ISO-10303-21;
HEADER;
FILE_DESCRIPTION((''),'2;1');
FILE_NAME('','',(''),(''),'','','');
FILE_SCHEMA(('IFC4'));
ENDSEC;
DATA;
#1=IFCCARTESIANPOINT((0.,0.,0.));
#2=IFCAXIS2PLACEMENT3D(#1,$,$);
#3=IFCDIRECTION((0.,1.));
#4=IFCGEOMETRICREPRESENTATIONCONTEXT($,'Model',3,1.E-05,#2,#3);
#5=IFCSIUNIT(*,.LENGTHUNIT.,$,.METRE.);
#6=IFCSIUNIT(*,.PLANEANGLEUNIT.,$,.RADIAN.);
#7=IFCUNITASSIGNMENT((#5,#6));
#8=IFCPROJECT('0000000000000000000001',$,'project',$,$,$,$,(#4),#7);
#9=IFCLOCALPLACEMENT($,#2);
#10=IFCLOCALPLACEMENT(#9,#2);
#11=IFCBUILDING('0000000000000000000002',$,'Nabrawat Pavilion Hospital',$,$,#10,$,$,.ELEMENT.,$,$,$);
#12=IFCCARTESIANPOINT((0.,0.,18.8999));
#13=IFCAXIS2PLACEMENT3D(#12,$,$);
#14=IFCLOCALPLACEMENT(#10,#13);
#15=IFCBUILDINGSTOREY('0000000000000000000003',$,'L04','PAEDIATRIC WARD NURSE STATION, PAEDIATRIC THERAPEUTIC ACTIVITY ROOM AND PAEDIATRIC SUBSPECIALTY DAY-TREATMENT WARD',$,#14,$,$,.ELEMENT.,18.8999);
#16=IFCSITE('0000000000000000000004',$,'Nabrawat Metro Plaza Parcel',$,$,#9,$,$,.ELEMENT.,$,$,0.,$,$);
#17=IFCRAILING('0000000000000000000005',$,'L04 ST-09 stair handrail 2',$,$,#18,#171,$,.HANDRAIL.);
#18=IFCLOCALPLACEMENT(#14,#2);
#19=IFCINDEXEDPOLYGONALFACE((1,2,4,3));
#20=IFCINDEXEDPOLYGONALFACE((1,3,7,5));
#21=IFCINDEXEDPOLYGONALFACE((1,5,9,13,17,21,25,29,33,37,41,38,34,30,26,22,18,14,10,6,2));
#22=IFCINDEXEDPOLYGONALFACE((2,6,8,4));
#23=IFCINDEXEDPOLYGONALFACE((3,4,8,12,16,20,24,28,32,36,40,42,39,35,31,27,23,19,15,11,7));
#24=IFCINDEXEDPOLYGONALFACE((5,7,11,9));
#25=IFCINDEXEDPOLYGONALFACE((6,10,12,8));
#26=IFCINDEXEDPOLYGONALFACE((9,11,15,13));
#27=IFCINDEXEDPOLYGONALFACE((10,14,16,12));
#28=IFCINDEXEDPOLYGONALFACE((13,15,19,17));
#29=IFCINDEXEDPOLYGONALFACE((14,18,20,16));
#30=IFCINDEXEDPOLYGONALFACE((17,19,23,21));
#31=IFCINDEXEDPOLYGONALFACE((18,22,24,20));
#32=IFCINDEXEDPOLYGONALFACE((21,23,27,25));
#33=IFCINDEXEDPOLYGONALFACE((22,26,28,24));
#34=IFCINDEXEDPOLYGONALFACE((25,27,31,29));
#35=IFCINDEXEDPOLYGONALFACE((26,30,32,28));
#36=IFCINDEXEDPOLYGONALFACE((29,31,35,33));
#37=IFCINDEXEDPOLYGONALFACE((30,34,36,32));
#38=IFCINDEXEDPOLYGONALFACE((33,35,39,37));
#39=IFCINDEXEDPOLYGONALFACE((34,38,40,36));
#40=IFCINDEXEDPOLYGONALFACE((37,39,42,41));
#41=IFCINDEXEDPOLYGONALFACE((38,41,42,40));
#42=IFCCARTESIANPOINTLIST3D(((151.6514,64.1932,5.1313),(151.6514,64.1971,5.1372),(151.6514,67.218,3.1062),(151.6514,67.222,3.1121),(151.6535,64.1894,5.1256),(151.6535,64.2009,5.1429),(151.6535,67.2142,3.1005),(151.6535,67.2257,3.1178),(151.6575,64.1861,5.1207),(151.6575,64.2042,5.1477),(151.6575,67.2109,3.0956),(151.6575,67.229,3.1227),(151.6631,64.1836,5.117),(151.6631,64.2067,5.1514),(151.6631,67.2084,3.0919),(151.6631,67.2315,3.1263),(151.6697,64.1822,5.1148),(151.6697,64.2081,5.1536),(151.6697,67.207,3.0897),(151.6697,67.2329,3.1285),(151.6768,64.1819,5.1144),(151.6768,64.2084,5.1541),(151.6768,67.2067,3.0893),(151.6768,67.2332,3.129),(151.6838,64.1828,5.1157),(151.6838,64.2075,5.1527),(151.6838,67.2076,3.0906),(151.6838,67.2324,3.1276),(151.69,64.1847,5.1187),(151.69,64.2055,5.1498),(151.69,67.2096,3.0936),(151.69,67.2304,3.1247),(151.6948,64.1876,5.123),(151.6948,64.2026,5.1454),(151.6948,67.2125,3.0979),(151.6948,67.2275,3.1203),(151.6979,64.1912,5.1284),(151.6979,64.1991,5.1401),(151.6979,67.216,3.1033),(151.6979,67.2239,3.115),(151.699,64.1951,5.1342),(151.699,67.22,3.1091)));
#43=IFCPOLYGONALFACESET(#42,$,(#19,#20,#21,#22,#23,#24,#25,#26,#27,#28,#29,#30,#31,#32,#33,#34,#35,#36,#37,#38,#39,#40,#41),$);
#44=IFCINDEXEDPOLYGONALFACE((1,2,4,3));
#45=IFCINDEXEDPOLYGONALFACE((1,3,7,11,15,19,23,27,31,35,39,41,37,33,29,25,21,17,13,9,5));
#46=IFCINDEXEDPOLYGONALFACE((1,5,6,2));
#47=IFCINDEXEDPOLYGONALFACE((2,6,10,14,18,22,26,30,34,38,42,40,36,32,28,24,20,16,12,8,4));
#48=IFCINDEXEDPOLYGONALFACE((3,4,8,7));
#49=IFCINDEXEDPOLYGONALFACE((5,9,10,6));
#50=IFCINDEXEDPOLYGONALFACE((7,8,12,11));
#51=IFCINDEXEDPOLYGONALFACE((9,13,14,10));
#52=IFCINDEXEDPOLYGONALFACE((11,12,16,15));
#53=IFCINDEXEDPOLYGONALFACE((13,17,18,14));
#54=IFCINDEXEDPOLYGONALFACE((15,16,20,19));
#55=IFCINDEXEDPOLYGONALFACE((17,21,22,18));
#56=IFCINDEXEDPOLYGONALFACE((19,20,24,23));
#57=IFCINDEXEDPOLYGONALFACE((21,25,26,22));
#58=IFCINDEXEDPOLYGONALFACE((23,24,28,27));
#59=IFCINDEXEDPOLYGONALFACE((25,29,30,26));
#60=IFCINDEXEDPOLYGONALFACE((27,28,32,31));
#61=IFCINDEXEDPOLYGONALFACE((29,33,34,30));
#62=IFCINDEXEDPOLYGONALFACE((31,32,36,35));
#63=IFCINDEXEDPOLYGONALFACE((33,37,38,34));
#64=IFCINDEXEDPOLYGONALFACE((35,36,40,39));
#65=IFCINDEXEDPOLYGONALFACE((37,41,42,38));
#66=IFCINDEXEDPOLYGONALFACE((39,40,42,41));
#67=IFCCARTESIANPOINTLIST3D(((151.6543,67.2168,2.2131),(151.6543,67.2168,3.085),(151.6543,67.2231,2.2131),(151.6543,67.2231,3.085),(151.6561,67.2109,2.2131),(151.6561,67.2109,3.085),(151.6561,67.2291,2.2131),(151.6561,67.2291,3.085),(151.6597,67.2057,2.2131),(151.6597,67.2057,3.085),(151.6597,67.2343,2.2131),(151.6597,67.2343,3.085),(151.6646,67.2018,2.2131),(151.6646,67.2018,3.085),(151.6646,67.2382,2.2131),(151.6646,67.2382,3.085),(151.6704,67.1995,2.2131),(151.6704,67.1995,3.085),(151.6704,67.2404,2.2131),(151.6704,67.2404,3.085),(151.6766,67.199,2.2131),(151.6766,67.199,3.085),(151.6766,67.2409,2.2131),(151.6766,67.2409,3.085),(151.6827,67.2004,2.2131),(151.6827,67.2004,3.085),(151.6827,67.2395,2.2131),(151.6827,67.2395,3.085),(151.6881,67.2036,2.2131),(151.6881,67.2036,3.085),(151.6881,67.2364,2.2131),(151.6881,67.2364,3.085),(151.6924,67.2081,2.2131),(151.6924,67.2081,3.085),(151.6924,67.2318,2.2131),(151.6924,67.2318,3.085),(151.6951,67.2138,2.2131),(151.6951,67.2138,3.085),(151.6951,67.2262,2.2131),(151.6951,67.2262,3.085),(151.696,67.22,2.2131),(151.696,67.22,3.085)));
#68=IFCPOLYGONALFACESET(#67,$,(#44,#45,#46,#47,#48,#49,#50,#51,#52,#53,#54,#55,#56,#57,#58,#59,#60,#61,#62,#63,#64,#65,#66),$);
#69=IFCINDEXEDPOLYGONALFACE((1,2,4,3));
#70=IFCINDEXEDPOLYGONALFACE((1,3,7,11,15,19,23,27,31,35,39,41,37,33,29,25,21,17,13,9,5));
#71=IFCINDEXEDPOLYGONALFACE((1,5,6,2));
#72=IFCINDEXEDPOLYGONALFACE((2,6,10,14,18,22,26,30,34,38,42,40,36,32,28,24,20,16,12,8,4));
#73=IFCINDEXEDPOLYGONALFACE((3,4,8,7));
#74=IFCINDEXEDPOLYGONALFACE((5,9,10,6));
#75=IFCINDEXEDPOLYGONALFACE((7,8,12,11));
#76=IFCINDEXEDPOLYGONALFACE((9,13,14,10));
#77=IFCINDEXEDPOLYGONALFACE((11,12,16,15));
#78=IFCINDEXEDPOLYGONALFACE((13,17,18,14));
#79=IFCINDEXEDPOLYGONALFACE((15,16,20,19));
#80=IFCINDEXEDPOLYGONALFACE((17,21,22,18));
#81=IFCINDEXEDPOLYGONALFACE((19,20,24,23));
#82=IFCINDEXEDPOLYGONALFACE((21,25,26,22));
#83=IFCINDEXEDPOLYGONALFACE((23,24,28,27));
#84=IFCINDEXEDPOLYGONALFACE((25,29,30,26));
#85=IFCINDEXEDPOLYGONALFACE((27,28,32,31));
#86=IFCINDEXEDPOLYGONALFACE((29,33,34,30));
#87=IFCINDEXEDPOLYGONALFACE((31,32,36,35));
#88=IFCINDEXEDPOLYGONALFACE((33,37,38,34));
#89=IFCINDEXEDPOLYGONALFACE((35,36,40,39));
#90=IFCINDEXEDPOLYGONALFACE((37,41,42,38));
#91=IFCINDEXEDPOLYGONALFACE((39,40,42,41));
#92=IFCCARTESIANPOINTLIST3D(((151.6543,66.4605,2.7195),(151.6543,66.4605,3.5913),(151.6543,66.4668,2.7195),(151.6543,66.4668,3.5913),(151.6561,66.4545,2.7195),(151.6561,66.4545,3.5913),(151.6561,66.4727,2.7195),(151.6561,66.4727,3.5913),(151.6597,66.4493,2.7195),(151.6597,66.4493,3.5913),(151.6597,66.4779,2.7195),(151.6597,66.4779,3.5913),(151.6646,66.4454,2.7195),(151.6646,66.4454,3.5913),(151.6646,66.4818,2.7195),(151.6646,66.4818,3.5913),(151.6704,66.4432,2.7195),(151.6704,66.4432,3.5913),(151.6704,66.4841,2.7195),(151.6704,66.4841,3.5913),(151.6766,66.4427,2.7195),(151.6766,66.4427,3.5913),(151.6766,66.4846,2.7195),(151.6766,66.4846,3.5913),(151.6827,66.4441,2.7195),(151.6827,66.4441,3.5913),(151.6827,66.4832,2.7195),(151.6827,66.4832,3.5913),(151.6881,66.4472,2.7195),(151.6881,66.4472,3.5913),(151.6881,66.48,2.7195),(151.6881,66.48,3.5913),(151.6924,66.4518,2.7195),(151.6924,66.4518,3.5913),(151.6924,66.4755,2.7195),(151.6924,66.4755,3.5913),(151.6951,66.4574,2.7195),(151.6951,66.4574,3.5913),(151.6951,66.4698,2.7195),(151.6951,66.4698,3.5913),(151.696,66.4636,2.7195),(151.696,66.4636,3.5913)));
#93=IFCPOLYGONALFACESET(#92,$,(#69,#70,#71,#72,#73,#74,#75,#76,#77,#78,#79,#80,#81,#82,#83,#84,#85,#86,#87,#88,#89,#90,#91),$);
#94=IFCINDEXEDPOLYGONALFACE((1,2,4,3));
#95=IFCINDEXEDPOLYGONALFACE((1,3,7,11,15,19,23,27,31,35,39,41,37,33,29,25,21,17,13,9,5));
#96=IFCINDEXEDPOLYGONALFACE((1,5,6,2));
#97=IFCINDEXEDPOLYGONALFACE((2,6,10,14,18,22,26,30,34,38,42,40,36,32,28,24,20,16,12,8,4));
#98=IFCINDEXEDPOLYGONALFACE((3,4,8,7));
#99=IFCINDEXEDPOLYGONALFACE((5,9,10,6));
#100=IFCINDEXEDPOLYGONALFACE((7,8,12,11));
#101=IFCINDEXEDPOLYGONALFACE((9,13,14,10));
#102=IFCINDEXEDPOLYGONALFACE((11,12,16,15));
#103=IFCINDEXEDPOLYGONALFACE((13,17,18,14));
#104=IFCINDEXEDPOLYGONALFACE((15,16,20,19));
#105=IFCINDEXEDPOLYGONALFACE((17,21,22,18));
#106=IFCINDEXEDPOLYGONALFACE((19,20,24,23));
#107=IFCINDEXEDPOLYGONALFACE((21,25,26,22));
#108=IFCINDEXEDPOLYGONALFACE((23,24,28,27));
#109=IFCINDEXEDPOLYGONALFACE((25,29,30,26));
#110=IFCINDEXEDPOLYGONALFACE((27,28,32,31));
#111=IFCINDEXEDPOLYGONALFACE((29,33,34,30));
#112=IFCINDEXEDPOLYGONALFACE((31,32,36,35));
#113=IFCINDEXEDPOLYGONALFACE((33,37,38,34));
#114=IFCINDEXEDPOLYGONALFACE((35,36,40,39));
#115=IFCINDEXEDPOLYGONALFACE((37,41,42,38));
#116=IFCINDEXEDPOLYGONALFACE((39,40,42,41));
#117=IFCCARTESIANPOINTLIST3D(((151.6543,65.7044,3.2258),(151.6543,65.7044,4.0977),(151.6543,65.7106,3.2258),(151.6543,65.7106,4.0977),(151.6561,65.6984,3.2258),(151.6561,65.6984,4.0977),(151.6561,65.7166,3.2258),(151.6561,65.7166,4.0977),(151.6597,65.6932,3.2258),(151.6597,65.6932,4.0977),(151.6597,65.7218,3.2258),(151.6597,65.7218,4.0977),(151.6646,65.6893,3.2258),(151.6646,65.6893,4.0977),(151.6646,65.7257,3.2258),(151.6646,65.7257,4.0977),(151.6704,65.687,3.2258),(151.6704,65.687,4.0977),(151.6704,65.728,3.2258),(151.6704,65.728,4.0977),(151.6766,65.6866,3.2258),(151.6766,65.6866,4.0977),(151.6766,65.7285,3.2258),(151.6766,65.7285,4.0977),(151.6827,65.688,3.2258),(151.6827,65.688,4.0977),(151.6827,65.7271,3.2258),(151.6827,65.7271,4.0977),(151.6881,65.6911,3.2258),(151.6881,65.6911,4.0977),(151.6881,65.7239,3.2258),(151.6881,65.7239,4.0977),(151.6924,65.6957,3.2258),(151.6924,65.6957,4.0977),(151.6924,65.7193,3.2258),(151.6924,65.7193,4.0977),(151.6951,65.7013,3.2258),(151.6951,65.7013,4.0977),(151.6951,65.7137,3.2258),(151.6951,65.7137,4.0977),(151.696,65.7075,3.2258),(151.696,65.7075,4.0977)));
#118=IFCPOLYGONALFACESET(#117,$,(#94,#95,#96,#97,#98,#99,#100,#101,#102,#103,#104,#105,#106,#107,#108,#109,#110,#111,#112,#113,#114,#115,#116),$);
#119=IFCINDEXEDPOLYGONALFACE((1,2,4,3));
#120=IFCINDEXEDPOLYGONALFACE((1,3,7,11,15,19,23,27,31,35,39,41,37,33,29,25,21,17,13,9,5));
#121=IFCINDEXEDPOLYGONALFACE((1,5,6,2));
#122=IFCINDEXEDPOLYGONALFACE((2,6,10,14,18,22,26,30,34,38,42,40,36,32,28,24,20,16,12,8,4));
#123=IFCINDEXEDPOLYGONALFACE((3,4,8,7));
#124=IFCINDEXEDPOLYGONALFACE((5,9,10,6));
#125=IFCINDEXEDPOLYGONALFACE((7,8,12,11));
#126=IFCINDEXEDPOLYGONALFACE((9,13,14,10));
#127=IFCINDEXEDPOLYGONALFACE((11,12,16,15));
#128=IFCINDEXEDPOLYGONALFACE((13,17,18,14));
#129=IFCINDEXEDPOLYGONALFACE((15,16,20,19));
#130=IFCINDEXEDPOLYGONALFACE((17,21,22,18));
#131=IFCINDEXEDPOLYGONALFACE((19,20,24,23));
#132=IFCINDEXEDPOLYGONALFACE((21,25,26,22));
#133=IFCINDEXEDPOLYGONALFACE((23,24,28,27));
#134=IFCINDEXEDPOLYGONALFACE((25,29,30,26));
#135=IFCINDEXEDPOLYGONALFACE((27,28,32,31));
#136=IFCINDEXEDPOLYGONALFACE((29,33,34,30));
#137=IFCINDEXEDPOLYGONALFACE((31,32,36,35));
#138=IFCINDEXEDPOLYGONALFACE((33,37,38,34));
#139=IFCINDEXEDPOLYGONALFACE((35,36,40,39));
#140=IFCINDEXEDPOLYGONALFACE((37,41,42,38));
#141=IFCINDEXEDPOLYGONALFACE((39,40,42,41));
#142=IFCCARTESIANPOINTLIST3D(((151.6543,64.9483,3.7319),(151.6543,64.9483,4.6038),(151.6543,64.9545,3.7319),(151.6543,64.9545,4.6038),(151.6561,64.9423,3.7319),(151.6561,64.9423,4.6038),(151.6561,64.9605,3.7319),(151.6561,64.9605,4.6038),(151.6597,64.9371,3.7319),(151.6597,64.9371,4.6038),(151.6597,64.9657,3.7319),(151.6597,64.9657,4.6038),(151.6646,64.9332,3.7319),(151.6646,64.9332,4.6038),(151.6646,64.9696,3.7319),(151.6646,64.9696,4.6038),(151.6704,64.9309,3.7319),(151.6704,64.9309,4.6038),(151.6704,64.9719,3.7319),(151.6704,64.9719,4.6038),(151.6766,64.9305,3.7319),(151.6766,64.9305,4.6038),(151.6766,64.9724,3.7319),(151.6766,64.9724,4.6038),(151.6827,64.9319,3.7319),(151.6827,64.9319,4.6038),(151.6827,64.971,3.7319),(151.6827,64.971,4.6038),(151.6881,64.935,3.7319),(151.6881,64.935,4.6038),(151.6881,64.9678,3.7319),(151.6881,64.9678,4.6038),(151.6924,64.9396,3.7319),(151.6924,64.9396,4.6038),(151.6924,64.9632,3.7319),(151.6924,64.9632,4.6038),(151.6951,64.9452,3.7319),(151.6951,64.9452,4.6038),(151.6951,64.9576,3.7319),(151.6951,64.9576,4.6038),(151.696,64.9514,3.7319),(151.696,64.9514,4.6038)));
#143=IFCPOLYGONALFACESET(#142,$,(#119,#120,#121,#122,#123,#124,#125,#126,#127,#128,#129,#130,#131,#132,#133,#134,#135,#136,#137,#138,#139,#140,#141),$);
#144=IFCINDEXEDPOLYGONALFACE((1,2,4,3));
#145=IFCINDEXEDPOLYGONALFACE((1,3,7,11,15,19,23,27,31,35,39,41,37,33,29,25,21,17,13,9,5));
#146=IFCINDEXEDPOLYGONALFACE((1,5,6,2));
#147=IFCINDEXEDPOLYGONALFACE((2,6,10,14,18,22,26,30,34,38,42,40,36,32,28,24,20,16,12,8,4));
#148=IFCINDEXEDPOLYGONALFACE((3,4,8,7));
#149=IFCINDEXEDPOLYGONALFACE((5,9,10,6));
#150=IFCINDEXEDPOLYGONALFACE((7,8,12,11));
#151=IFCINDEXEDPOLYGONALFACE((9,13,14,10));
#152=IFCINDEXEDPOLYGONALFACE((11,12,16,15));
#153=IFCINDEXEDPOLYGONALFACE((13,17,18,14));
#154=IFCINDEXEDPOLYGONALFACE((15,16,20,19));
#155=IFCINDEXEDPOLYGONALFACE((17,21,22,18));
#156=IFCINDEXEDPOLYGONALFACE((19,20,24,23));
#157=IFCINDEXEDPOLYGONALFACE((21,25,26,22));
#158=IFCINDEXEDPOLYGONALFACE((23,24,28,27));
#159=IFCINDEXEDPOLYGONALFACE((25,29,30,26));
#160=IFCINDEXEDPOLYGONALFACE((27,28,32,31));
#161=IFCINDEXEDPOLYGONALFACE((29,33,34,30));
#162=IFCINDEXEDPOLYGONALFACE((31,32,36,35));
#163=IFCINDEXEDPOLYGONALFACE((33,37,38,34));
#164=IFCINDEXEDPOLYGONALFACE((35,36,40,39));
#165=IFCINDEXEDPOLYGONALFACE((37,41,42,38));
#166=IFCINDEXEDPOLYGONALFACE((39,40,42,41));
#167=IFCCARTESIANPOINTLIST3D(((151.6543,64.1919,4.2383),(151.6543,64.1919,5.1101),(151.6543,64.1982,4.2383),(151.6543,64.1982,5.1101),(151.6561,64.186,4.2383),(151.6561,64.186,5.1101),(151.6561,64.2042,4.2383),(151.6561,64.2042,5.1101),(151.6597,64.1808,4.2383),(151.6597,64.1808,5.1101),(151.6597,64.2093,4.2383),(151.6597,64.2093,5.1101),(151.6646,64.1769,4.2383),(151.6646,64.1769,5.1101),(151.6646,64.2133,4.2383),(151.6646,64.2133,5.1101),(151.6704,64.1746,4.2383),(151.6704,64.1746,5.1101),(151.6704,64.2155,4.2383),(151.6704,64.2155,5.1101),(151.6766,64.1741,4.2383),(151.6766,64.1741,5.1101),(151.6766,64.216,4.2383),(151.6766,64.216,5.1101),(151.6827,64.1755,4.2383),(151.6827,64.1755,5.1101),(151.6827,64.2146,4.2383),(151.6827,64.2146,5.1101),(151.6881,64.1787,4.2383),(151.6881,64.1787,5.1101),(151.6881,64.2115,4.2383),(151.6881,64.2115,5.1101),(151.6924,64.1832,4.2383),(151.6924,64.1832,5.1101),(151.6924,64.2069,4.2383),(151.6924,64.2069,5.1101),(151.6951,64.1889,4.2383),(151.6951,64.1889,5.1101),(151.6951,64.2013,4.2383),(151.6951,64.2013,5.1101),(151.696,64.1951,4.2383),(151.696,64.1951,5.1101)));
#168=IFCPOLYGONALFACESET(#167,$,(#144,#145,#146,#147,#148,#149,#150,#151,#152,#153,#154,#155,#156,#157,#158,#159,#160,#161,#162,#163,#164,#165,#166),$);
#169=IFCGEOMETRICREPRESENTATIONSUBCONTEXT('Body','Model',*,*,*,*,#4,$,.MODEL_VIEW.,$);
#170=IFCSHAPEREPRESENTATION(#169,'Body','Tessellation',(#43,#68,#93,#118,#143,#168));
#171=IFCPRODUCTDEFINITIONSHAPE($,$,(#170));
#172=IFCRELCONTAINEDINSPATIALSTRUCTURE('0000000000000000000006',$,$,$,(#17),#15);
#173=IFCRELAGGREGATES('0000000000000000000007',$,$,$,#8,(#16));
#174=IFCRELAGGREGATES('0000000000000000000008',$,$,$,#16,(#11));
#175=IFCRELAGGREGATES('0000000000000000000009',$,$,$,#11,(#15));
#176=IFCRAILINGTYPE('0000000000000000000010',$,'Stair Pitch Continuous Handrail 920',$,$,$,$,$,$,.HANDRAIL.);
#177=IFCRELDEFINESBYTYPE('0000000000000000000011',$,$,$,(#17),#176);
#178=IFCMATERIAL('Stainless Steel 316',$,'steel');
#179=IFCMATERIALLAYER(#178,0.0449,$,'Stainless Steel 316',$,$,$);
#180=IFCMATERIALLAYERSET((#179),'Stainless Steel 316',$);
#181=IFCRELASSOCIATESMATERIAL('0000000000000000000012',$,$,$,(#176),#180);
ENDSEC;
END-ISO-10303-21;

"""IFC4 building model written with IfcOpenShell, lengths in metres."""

from ifc_helpers import new_model, si_unit, direction, frame, origin, origin_2d, place, context, subcontext, project, spatial, circle, extrude, material, layer, layer_set, type_object, element, save


model = new_model("IFC4")

# Units and contexts
model_context = context("Model", 3, precision=1e-05, world=origin(), true_north=direction((0.0, 1.0)))
body_context = subcontext(model_context, "Body", "Model", "MODEL_VIEW")
ifc_project = project(units=[si_unit("LENGTHUNIT", "METRE"), si_unit("PLANEANGLEUNIT", "RADIAN")], contexts=[model_context])

# Site, building, storey
site_placement = place(None, origin())
site = spatial("IfcSite", under=ifc_project, at=site_placement, Name="Nabrawat Metro Plaza Parcel", CompositionType="ELEMENT", RefElevation=0.0)
building_placement = place(site_placement, origin())
building = spatial("IfcBuilding", under=site, at=building_placement, Name="Nabrawat Pavilion Hospital", CompositionType="ELEMENT")
storey_placement = place(building_placement, frame((0.0, 0.0, 18.8999)))
storey = spatial("IfcBuildingStorey", under=building, at=storey_placement, Name="L04", Description="PAEDIATRIC WARD NURSE STATION, PAEDIATRIC THERAPEUTIC ACTIVITY ROOM AND PAEDIATRIC SUBSPECIALTY DAY-TREATMENT WARD", CompositionType="ELEMENT", Elevation=18.8999)

# Railing
ifc_material_1 = material(Name="Stainless Steel 316", Category="steel")
ifc_layer_1 = layer(ifc_material_1, 0.0449, Name="Stainless Steel 316")
ifc_layer_set_1 = layer_set([ifc_layer_1], Name="Stainless Steel 316")
railing_type_1 = type_object("IfcRailingType", Name="Stair Pitch Continuous Handrail 920", PredefinedType="HANDRAIL", material=ifc_layer_set_1)
railing_1_placement = place(storey_placement, frame((151.675, 67.22, 2.2131)))
element("IfcRailing", 1, at=railing_1_placement, inside=storey, type_object=railing_type_1, Name="L04 ST-09 stair handrail 2", PredefinedType="HANDRAIL", context=body_context, shape_type="SweptSolid", body=[
    extrude(circle(Radius=0.0239, at=origin_2d()), frame((0.0, 0.0, 0.896), z_axis=(0.0, -0.830965, 0.556324), x_axis=(1.0, 0.0, 0.0)), (0.0, 0.0, 1.0), 3.6401),
    extrude(circle(Radius=0.021, at=origin_2d()), origin(), (0.0, 0.0, 1.0), 0.8718),
    extrude(circle(Radius=0.021, at=origin_2d()), frame((0.0, -0.7563, 0.5063)), (0.0, 0.0, 1.0), 0.8718),
    extrude(circle(Radius=0.021, at=origin_2d()), frame((0.0, -1.5125, 1.0127)), (0.0, 0.0, 1.0), 0.8718),
    extrude(circle(Radius=0.021, at=origin_2d()), frame((0.0, -2.2686, 1.5188)), (0.0, 0.0, 1.0), 0.8718),
    extrude(circle(Radius=0.021, at=origin_2d()), frame((0.0, -3.0249, 2.0251)), (0.0, 0.0, 1.0), 0.8718),
])

save(model, "model.ifc")
